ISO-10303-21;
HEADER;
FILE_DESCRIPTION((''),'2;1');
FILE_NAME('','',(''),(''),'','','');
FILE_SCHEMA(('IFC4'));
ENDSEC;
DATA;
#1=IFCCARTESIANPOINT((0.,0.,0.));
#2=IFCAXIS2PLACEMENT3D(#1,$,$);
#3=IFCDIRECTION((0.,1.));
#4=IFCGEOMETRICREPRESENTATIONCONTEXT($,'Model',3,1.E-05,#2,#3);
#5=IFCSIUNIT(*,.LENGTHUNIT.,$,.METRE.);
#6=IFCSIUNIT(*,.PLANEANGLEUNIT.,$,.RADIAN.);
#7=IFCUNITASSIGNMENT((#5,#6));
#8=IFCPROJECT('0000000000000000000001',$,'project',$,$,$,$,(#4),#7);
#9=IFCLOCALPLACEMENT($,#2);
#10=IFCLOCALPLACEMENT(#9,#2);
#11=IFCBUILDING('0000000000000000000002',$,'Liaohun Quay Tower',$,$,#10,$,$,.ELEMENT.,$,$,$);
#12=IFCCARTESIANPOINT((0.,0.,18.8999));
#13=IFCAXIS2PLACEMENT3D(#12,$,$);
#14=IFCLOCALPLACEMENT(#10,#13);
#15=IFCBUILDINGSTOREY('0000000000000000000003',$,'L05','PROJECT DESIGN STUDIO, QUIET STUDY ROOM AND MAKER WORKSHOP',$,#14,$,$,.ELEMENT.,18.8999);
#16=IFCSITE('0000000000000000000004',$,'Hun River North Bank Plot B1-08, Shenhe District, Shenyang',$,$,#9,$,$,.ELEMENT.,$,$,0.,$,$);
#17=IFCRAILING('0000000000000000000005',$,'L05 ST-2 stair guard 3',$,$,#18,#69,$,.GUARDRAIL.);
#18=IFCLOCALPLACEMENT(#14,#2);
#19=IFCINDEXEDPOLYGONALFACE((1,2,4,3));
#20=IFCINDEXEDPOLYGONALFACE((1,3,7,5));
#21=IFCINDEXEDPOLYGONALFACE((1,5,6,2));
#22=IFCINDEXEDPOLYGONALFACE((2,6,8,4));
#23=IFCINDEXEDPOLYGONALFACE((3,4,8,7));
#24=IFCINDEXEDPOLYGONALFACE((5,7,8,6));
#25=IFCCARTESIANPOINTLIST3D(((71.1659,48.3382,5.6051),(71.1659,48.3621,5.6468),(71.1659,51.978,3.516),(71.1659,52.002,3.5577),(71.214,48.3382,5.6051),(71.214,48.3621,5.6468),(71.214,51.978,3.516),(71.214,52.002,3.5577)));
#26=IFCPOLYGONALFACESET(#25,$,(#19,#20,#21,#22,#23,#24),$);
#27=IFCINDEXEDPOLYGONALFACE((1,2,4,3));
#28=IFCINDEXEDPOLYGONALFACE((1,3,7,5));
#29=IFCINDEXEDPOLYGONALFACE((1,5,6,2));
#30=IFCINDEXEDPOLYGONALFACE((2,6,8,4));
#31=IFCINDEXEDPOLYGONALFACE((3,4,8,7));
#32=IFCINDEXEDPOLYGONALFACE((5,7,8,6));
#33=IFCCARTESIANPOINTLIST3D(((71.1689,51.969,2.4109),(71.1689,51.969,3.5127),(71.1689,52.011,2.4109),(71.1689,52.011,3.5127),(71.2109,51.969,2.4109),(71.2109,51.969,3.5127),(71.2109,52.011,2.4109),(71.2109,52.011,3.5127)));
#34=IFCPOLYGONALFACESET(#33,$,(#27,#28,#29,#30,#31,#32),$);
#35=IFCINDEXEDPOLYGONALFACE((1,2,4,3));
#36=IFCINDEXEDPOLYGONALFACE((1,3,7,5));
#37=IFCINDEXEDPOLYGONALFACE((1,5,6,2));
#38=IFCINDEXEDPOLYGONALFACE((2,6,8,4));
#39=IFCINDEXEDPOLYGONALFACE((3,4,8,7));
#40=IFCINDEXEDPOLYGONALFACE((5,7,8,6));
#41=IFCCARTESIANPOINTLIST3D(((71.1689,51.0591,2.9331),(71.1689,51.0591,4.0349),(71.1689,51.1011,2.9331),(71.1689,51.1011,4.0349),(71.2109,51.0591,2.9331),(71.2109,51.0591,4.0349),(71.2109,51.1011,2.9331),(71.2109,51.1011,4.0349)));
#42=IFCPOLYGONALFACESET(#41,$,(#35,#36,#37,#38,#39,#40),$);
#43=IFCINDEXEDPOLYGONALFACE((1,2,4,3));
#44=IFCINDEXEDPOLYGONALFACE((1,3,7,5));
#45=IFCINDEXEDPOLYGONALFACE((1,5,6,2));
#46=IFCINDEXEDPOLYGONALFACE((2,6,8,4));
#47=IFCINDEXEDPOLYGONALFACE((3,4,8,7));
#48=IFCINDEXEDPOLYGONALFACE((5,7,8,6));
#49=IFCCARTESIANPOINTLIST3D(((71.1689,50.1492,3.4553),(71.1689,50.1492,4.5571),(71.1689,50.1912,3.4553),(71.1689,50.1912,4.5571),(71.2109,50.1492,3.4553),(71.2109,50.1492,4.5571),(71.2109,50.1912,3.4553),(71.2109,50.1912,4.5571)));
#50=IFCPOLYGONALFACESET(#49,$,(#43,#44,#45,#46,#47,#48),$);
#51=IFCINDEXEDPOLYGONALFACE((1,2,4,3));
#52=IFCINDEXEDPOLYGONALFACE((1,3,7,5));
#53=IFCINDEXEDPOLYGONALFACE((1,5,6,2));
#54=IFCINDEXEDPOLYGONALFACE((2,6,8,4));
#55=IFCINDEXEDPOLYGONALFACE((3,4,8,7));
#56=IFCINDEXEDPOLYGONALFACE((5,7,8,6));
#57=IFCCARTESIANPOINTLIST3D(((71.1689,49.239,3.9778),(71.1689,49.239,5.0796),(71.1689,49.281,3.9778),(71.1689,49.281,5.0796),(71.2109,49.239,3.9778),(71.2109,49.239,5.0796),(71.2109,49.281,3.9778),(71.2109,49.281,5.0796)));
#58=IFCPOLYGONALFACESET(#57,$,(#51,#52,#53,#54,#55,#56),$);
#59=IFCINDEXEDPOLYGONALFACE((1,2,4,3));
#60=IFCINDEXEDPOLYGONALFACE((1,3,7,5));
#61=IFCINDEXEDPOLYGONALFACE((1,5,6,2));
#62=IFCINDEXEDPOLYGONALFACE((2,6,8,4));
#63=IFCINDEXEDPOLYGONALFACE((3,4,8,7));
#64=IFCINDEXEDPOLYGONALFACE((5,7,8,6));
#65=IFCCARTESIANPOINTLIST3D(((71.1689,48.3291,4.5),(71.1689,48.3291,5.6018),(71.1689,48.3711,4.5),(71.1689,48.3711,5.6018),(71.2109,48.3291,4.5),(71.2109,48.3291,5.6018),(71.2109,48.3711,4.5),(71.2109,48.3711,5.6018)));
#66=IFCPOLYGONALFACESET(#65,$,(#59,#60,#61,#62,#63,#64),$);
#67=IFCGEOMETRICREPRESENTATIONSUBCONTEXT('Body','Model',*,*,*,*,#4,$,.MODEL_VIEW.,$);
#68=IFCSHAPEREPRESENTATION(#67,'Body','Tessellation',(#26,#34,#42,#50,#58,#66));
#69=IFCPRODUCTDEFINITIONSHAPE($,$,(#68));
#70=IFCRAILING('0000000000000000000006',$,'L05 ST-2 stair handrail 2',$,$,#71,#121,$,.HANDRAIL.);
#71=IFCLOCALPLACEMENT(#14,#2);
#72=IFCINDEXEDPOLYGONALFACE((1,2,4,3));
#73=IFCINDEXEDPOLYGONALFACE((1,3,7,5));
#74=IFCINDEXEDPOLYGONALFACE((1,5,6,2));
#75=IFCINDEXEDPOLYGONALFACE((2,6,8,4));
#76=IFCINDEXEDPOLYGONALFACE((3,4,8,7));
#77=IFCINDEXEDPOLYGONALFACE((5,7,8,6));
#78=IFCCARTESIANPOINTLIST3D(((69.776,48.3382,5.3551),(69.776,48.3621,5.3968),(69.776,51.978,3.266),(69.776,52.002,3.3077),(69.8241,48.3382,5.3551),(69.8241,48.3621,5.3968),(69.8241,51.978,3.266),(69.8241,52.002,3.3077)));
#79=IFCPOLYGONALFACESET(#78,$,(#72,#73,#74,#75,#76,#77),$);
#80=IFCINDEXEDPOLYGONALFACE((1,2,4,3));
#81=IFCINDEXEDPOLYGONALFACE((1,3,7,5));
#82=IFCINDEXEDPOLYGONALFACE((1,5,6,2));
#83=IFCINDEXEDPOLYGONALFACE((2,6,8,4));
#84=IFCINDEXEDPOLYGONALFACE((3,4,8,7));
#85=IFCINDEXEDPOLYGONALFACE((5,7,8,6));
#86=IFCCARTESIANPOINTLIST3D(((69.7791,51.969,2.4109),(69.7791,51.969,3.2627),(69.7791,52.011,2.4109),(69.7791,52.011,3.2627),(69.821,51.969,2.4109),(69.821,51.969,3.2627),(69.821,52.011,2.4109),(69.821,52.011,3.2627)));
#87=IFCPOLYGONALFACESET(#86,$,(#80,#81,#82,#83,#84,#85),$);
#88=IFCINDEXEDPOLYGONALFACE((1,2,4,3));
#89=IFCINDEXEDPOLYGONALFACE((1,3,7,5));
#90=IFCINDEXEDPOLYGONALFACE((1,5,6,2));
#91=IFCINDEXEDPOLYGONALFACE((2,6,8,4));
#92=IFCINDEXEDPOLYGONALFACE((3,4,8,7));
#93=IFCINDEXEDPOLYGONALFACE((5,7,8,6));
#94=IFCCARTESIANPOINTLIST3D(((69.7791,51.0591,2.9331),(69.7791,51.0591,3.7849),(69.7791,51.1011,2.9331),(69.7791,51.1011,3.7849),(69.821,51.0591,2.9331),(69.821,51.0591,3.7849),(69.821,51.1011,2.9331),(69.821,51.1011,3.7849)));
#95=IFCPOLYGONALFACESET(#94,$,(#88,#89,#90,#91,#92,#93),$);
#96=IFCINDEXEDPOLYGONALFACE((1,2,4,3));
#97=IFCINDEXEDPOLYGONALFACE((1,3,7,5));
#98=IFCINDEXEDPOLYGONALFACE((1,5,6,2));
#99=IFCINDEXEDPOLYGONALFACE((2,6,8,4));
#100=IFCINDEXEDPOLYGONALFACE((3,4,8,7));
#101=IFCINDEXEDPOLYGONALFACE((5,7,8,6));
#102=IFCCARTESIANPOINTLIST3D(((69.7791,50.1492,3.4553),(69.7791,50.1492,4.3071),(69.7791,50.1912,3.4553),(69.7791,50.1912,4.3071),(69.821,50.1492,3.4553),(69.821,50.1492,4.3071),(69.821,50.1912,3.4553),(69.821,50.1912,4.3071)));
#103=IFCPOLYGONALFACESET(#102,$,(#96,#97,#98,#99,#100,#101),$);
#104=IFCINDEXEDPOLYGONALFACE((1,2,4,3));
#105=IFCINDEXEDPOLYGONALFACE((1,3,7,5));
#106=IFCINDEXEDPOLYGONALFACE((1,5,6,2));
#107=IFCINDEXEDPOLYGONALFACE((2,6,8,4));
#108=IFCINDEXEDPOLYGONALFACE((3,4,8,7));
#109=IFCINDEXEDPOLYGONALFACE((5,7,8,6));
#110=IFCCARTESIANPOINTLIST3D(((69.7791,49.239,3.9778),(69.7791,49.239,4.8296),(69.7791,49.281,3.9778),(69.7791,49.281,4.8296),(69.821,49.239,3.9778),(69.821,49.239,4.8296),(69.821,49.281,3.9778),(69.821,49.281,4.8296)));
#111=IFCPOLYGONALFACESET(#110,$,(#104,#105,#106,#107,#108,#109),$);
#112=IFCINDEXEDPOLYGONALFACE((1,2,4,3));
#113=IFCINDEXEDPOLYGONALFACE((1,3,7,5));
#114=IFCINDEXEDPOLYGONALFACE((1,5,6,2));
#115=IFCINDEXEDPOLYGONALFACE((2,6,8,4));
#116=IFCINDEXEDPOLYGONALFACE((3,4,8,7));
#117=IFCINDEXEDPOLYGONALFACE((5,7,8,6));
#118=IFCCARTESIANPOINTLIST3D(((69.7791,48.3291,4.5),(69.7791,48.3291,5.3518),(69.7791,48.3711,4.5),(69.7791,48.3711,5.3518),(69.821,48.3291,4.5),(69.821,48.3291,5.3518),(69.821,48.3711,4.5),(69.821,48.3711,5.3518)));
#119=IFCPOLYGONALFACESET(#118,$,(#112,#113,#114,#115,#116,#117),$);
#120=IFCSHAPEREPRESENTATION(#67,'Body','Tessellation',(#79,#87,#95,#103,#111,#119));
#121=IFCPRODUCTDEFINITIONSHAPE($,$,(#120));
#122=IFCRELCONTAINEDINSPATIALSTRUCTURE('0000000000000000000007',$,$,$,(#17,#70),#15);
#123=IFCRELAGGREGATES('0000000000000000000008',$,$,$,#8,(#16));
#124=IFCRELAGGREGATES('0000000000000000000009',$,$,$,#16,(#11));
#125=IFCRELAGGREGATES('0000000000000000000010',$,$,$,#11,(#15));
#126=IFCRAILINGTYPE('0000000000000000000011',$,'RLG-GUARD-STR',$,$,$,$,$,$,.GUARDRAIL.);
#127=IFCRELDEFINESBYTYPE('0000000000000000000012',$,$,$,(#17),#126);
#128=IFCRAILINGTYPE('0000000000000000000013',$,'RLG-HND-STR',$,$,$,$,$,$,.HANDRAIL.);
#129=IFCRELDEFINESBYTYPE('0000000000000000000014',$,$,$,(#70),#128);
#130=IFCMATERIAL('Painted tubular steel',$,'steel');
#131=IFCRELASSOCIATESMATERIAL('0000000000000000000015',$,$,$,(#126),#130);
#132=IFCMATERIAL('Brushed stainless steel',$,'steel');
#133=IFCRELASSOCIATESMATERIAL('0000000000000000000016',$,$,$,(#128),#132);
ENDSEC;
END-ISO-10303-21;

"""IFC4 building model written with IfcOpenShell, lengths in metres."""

from ifc_helpers import new_model, si_unit, direction, frame, origin, origin_2d, place, context, subcontext, project, spatial, rectangle, extrude, material, type_object, element, save


model = new_model("IFC4")

# Units and contexts
model_context = context("Model", 3, precision=1e-05, world=origin(), true_north=direction((0.0, 1.0)))
body_context = subcontext(model_context, "Body", "Model", "MODEL_VIEW")
ifc_project = project(units=[si_unit("LENGTHUNIT", "METRE"), si_unit("PLANEANGLEUNIT", "RADIAN")], contexts=[model_context])

# Site, building, storey
site_placement = place(None, origin())
site = spatial("IfcSite", under=ifc_project, at=site_placement, Name="Hun River North Bank Plot B1-08, Shenhe District, Shenyang", CompositionType="ELEMENT", RefElevation=0.0)
building_placement = place(site_placement, origin())
building = spatial("IfcBuilding", under=site, at=building_placement, Name="Liaohun Quay Tower", CompositionType="ELEMENT")
storey_placement = place(building_placement, frame((0.0, 0.0, 18.8999)))
storey = spatial("IfcBuildingStorey", under=building, at=storey_placement, Name="L05", Description="PROJECT DESIGN STUDIO, QUIET STUDY ROOM AND MAKER WORKSHOP", CompositionType="ELEMENT", Elevation=18.8999)

# Railings
ifc_material_1 = material(Name="Painted tubular steel", Category="steel")
railing_type_1 = type_object("IfcRailingType", Name="RLG-GUARD-STR", PredefinedType="GUARDRAIL", material=ifc_material_1)
railing_1_placement = place(storey_placement, frame((71.1899, 51.99, 2.4109)))
element("IfcRailing", 1, at=railing_1_placement, inside=storey, type_object=railing_type_1, Name="L05 ST-2 stair guard 3", PredefinedType="GUARDRAIL", context=body_context, shape_type="SweptSolid", body=[
    extrude(rectangle(XDim=0.0481, YDim=0.0481, at=origin_2d()), frame((0.0, 0.0, 1.126), z_axis=(0.0, -0.8673, 0.497786), x_axis=(1.0, 0.0, 0.0)), (0.0, 0.0, 1.0), 4.1968),
    extrude(rectangle(XDim=0.042, YDim=0.042, at=origin_2d()), origin(), (0.0, 0.0, 1.0), 1.1018),
    extrude(rectangle(XDim=0.042, YDim=0.042, at=origin_2d()), frame((0.0, -0.9099, 0.5222)), (0.0, 0.0, 1.0), 1.1018),
    extrude(rectangle(XDim=0.042, YDim=0.042, at=origin_2d()), frame((0.0, -1.8198, 1.0444)), (0.0, 0.0, 1.0), 1.1018),
    extrude(rectangle(XDim=0.042, YDim=0.042, at=origin_2d()), frame((0.0, -2.73, 1.5669)), (0.0, 0.0, 1.0), 1.1018),
    extrude(rectangle(XDim=0.042, YDim=0.042, at=origin_2d()), frame((0.0, -3.6399, 2.0891)), (0.0, 0.0, 1.0), 1.1018),
])
ifc_material_2 = material(Name="Brushed stainless steel", Category="steel")
railing_type_2 = type_object("IfcRailingType", Name="RLG-HND-STR", PredefinedType="HANDRAIL", material=ifc_material_2)
railing_2_placement = place(storey_placement, frame((69.8, 51.99, 2.4109)))
element("IfcRailing", 2, at=railing_2_placement, inside=storey, type_object=railing_type_2, Name="L05 ST-2 stair handrail 2", PredefinedType="HANDRAIL", context=body_context, shape_type="SweptSolid", body=[
    extrude(rectangle(XDim=0.0481, YDim=0.0481, at=origin_2d()), frame((0.0, 0.0, 0.876), z_axis=(0.0, -0.8673, 0.497786), x_axis=(1.0, 0.0, 0.0)), (0.0, 0.0, 1.0), 4.1968),
    extrude(rectangle(XDim=0.042, YDim=0.042, at=origin_2d()), origin(), (0.0, 0.0, 1.0), 0.8518),
    extrude(rectangle(XDim=0.042, YDim=0.042, at=origin_2d()), frame((0.0, -0.9099, 0.5222)), (0.0, 0.0, 1.0), 0.8518),
    extrude(rectangle(XDim=0.042, YDim=0.042, at=origin_2d()), frame((0.0, -1.8198, 1.0444)), (0.0, 0.0, 1.0), 0.8518),
    extrude(rectangle(XDim=0.042, YDim=0.042, at=origin_2d()), frame((0.0, -2.73, 1.5669)), (0.0, 0.0, 1.0), 0.8518),
    extrude(rectangle(XDim=0.042, YDim=0.042, at=origin_2d()), frame((0.0, -3.6399, 2.0891)), (0.0, 0.0, 1.0), 0.8518),
])

save(model, "model.ifc")
